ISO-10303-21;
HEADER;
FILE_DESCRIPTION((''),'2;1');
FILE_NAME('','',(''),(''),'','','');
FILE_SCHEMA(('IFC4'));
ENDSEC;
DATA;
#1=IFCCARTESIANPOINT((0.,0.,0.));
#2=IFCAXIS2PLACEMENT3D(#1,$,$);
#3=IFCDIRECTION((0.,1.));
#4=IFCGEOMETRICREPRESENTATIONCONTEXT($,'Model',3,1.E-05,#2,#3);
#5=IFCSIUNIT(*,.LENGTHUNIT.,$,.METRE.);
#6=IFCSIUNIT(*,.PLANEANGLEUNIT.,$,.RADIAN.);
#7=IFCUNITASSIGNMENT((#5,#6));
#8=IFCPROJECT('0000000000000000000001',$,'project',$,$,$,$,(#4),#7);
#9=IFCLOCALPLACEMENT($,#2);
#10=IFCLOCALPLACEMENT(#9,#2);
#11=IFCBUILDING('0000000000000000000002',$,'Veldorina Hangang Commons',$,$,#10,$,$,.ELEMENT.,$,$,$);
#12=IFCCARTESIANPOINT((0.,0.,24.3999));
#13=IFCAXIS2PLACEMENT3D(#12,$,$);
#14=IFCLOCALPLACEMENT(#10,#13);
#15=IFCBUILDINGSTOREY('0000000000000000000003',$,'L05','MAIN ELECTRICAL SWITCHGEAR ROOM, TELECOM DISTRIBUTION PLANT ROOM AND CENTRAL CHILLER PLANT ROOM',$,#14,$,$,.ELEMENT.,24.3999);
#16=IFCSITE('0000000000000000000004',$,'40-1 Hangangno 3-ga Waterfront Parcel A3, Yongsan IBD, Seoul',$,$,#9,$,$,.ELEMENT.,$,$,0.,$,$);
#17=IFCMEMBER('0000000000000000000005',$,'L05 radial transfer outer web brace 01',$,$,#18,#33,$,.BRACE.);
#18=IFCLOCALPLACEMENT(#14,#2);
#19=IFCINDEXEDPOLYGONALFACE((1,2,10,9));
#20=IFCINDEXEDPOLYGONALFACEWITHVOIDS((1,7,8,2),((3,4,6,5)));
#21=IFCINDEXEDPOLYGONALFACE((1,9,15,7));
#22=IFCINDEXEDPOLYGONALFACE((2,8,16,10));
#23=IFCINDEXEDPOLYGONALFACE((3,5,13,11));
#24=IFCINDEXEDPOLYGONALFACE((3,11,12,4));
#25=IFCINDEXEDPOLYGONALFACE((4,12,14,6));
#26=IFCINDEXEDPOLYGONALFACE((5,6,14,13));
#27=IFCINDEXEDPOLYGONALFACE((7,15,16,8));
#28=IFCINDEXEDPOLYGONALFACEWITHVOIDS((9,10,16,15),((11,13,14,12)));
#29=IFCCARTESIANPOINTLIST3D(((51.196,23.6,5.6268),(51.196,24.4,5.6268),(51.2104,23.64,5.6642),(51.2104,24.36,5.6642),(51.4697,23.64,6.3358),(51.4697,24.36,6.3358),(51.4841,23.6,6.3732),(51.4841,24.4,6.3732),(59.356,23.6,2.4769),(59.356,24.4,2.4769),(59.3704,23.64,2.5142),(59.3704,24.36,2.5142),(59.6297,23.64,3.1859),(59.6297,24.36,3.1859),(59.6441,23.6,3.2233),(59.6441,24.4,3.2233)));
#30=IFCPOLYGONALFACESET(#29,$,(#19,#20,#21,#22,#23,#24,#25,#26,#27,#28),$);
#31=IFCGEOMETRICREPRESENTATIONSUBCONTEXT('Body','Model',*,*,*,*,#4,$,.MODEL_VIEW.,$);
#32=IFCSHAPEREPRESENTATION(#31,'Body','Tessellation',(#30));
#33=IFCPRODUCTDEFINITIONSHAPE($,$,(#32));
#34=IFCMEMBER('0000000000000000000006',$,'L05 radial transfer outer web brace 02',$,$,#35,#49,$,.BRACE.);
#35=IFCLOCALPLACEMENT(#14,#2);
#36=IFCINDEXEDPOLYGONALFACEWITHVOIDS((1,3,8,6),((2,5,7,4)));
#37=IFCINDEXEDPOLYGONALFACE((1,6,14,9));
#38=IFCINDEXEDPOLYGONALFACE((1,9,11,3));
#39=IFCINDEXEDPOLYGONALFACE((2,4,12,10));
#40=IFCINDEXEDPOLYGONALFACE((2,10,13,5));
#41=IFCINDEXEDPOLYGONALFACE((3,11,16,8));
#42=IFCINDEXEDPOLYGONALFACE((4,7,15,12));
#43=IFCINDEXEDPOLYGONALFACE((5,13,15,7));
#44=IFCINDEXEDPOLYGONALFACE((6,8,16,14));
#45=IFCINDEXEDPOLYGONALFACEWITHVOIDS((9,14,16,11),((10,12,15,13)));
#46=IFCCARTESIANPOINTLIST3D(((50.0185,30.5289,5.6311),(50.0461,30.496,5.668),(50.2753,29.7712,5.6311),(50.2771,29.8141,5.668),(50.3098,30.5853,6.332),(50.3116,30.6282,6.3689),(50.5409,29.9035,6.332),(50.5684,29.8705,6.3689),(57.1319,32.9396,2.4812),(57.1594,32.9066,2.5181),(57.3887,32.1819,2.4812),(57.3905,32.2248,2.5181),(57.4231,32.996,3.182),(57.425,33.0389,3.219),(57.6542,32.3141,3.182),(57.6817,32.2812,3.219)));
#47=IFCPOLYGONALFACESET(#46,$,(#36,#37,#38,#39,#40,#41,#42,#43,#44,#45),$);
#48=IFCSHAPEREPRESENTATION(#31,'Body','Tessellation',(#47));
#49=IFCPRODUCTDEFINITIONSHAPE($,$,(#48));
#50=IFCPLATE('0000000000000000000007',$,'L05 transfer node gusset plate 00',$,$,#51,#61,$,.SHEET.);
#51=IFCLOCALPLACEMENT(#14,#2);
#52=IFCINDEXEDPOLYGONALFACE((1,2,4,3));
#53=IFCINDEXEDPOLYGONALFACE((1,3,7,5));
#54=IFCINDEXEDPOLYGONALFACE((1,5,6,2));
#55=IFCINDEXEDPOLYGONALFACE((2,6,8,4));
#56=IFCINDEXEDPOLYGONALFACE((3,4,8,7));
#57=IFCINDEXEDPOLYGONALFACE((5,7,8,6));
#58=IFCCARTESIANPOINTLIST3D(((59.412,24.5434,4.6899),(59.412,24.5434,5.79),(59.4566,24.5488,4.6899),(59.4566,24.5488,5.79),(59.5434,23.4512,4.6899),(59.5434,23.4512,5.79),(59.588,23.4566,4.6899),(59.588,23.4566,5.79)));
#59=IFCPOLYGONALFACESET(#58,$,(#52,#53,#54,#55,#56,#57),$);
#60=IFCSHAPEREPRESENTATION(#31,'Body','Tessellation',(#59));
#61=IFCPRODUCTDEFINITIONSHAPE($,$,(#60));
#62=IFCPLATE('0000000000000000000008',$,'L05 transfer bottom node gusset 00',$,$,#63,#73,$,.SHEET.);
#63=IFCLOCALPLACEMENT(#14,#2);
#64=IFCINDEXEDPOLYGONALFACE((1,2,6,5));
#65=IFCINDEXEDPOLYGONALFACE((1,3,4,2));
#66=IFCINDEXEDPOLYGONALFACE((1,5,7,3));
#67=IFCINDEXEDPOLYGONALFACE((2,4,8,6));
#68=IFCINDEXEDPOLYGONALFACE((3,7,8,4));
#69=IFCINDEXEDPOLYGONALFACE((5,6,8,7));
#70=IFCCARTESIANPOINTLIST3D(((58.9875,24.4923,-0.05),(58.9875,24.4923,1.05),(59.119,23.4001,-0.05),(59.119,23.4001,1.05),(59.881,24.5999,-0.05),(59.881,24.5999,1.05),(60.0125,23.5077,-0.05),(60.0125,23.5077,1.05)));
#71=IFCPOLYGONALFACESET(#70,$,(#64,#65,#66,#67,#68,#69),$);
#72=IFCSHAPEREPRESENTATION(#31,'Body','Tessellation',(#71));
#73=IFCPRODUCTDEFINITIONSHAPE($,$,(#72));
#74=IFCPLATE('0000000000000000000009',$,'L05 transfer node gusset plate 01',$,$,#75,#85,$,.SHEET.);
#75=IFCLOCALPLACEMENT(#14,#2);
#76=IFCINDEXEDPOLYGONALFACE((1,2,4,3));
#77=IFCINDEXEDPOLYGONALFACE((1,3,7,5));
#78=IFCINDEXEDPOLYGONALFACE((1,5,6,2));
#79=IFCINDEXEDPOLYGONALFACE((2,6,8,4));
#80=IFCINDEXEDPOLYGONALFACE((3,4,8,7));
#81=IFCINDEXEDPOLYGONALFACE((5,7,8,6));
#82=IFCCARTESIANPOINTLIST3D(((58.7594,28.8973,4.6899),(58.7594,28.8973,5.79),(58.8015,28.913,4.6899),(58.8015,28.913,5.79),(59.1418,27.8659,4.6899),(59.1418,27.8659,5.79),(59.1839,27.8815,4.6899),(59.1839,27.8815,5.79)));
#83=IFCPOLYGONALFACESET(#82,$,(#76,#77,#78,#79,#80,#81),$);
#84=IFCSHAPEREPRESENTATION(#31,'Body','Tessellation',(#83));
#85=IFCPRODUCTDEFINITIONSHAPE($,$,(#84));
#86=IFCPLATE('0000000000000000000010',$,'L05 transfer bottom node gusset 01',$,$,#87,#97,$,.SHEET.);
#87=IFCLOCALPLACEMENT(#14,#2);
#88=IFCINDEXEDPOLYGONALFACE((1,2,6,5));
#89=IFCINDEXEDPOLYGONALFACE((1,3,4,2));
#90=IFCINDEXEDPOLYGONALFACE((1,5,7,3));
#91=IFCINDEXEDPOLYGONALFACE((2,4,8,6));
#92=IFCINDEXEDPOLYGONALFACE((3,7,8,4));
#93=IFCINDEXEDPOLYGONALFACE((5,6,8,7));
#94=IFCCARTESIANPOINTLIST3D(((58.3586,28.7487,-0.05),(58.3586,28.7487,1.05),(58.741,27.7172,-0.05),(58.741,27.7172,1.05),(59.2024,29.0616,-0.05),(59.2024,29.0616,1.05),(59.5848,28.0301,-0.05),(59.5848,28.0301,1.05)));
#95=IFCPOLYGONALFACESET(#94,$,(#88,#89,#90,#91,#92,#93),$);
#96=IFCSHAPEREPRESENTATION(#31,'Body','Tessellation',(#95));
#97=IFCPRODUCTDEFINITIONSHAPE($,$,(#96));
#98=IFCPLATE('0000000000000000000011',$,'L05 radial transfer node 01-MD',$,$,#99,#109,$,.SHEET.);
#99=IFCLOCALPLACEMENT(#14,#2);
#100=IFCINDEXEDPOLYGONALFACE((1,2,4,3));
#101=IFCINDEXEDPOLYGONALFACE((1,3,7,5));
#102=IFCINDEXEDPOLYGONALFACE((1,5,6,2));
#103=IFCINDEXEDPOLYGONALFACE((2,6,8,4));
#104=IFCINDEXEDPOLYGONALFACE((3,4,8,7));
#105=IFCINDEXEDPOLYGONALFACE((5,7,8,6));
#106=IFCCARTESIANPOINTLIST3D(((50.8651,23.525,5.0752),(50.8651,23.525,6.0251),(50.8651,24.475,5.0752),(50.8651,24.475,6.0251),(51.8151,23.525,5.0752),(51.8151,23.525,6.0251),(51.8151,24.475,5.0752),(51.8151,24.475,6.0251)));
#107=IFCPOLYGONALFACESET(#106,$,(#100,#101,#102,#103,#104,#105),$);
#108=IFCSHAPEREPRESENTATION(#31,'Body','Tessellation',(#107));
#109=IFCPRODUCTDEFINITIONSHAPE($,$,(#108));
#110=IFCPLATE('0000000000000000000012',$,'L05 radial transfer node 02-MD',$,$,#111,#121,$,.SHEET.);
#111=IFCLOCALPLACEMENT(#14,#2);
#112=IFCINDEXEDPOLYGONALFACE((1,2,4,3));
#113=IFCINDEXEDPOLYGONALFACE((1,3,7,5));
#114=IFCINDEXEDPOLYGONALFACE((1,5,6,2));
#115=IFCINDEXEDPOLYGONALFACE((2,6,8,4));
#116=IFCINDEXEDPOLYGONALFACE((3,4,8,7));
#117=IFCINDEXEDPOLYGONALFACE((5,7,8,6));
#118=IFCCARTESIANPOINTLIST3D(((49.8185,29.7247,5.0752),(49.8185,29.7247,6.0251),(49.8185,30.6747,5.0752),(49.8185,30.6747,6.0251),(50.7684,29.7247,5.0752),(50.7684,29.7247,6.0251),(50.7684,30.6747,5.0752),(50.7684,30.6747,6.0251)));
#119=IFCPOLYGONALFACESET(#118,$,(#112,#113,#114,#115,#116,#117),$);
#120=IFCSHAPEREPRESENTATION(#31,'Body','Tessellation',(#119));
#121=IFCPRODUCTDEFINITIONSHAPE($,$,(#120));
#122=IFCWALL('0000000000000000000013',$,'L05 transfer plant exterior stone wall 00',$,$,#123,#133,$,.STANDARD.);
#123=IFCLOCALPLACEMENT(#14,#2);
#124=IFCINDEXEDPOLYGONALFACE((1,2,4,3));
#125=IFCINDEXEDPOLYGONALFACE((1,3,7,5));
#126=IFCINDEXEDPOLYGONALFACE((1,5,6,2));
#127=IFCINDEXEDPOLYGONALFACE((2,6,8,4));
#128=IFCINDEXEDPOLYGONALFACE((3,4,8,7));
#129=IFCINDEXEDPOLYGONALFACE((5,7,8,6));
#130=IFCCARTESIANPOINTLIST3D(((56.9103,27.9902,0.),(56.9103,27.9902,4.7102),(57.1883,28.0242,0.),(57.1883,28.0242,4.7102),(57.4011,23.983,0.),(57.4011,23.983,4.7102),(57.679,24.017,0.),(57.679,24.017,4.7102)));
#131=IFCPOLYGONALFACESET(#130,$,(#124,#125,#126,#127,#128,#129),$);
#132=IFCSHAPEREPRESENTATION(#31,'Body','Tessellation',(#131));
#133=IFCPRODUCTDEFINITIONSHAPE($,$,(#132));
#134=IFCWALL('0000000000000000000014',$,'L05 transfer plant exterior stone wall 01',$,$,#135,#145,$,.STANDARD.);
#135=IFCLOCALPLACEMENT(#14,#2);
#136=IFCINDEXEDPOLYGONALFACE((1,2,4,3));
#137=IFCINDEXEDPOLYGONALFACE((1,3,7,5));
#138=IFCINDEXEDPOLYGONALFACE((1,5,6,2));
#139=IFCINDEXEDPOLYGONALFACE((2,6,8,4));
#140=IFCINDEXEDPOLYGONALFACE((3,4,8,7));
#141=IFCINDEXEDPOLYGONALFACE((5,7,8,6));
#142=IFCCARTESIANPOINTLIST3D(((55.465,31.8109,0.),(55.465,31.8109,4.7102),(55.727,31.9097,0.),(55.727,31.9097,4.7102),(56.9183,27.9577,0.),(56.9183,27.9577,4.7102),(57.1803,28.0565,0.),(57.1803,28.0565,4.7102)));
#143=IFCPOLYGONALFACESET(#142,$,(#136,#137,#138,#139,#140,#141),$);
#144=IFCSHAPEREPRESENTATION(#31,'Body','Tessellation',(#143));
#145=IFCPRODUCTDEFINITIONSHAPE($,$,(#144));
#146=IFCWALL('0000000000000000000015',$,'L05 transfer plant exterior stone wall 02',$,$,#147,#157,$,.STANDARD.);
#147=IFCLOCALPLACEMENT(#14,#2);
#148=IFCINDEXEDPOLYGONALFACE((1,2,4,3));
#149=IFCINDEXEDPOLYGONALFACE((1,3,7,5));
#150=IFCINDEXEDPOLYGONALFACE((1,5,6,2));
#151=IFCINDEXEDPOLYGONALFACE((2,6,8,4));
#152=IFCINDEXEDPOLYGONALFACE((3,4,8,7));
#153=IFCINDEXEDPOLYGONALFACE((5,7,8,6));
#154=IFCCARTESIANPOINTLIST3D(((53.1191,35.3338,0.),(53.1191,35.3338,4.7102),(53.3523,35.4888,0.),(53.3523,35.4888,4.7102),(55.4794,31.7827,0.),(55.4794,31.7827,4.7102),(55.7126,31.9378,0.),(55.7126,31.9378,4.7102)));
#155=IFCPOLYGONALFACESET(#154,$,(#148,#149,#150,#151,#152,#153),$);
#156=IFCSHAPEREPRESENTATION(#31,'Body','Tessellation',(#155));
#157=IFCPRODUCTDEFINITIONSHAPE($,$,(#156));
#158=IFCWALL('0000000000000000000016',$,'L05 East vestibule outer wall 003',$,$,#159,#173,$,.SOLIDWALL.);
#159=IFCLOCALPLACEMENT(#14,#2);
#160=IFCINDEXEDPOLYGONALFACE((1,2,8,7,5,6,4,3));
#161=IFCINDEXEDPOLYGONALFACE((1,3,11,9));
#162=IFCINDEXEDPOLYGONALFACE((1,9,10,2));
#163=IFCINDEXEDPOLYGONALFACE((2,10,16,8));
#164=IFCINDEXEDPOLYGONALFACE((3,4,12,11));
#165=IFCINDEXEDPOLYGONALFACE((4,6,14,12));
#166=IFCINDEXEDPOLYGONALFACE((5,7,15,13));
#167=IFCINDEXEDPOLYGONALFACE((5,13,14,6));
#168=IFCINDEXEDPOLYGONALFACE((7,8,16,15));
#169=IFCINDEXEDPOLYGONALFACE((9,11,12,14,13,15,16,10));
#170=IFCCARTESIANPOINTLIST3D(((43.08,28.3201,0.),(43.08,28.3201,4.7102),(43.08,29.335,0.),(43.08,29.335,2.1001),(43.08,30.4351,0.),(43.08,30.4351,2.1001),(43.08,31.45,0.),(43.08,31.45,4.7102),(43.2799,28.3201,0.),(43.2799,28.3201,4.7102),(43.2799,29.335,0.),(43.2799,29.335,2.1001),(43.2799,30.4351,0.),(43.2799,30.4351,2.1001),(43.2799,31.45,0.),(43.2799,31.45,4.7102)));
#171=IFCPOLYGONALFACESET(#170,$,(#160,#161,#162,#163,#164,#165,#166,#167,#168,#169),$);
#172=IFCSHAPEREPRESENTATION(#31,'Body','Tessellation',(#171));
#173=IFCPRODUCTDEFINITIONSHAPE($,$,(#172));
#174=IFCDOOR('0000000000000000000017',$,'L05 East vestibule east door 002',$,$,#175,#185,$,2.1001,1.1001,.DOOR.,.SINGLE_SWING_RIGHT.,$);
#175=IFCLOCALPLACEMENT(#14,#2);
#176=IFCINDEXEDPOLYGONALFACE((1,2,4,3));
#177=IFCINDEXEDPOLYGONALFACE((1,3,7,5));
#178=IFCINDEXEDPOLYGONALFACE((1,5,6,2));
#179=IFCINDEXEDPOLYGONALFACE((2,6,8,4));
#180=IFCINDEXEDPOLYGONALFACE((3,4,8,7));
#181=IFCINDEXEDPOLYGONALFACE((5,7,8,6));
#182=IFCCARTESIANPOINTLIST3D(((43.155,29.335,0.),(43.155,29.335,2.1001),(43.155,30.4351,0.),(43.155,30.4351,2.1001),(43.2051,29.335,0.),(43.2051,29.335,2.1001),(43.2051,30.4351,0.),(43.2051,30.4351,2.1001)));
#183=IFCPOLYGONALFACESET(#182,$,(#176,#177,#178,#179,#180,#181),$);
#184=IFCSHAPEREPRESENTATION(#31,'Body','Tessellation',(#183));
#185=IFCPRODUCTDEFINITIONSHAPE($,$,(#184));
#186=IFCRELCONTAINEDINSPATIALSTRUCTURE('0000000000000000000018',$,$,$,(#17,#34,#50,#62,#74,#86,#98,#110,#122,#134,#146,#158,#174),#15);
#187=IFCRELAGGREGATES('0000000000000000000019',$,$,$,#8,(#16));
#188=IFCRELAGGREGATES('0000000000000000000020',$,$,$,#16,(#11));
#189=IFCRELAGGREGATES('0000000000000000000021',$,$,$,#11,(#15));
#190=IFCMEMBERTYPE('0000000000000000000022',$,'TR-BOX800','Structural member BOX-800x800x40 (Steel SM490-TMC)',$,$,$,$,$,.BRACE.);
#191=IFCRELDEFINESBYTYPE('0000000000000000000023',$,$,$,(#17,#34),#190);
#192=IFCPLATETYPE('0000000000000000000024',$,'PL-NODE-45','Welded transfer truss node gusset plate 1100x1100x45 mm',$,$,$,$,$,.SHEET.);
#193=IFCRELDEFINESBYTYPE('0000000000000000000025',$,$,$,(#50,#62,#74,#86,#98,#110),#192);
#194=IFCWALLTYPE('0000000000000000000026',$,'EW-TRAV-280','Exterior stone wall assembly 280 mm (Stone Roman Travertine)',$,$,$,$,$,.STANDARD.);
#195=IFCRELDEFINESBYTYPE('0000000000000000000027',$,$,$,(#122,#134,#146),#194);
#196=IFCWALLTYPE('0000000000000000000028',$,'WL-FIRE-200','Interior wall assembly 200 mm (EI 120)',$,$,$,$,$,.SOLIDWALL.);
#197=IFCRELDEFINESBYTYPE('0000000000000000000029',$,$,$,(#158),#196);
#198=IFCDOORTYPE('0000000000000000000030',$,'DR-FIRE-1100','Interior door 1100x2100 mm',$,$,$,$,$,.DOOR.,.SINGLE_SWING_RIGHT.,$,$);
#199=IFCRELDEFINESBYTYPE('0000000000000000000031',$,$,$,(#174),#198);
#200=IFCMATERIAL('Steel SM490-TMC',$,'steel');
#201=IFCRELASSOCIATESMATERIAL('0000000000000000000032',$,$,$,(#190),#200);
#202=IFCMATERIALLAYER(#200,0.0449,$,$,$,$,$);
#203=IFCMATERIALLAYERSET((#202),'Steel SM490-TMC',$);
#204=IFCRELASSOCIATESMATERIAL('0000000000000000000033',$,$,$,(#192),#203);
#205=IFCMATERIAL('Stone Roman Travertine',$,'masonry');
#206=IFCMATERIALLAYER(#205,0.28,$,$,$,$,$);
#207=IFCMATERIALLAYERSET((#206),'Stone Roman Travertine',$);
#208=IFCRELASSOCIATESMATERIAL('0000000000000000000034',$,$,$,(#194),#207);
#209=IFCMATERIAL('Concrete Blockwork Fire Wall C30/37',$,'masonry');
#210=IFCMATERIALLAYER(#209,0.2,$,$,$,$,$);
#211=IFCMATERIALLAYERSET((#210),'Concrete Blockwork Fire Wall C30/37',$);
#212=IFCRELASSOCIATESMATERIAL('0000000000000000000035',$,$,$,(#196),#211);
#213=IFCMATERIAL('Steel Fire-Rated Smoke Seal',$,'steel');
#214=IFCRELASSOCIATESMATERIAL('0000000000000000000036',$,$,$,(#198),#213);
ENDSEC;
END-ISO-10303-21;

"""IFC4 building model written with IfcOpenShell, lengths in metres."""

from ifc_helpers import new_model, si_unit, direction, frame, frame_2d, origin, origin_2d, place, context, subcontext, project, spatial, rectangle, hollow_rectangle, extrude, material, layer, layer_set, material_profile, profile_set, type_object, element, fill, save


model = new_model("IFC4")

# Units and contexts
model_context = context("Model", 3, precision=1e-05, world=origin(), true_north=direction((0.0, 1.0)))
body_context = subcontext(model_context, "Body", "Model", "MODEL_VIEW")
ifc_project = project(units=[si_unit("LENGTHUNIT", "METRE"), si_unit("PLANEANGLEUNIT", "RADIAN")], contexts=[model_context])

# Site, building, storey
site_placement = place(None, origin())
site = spatial("IfcSite", under=ifc_project, at=site_placement, Name="40-1 Hangangno 3-ga Waterfront Parcel A3, Yongsan IBD, Seoul", CompositionType="ELEMENT", RefElevation=0.0)
building_placement = place(site_placement, origin())
building = spatial("IfcBuilding", under=site, at=building_placement, Name="Veldorina Hangang Commons", CompositionType="ELEMENT")
storey_placement = place(building_placement, frame((0.0, 0.0, 24.3999)))
storey = spatial("IfcBuildingStorey", under=building, at=storey_placement, Name="L05", Description="MAIN ELECTRICAL SWITCHGEAR ROOM, TELECOM DISTRIBUTION PLANT ROOM AND CENTRAL CHILLER PLANT ROOM", CompositionType="ELEMENT", Elevation=24.3999)

# Shared definitions
ifc_material_1 = material(Name="Steel SM490-TMC", Category="steel")

# Members
ifc_material_profile_1 = material_profile(ifc_material_1, hollow_rectangle(XDim=0.8, YDim=0.8, WallThickness=0.04, at=origin_2d()), Name="BOX-800x800x40")
ifc_profile_set_1 = profile_set([ifc_material_profile_1], Name="Steel SM490-TMC")
member_type = type_object("IfcMemberType", Name="TR-BOX800", Description="Structural member BOX-800x800x40 (Steel SM490-TMC)", PredefinedType="BRACE", material=ifc_profile_set_1)
member_1_placement = place(storey_placement, frame((51.3401, 24.0, 6.0), z_axis=(0.932905, 0.0, -0.360122), x_axis=(0.0, 1.0, 0.0)))
element("IfcMember", 1, at=member_1_placement, inside=storey, type_object=member_type, Name="L05 radial transfer outer web brace 01", PredefinedType="BRACE", context=body_context, shape_type="SweptSolid", body=[
    extrude(hollow_rectangle(XDim=0.8, YDim=0.8, WallThickness=0.04, at=origin_2d()), origin(), (0.0, 0.0, 1.0), 8.7468),
])
member_2_placement = place(storey_placement, frame((50.2935, 30.1997, 6.0), z_axis=(0.873391, 0.295987, -0.386755), x_axis=(-0.320963, 0.947092, 0.0)))
element("IfcMember", 2, at=member_2_placement, inside=storey, type_object=member_type, Name="L05 radial transfer outer web brace 02", PredefinedType="BRACE", context=body_context, shape_type="SweptSolid", body=[
    extrude(hollow_rectangle(XDim=0.8, YDim=0.8, WallThickness=0.04, at=origin_2d()), origin(), (0.0, 0.0, 1.0), 8.1445),
])

# Plates
ifc_layer_1 = layer(ifc_material_1, 0.0449)
ifc_layer_set_1 = layer_set([ifc_layer_1], Name="Steel SM490-TMC")
plate_type = type_object("IfcPlateType", Name="PL-NODE-45", Description="Welded transfer truss node gusset plate 1100x1100x45 mm", PredefinedType="SHEET", material=ifc_layer_set_1)
plate_1_placement = place(storey_placement, frame((59.5, 24.0, 4.6899), z_axis=(0.0, 0.0, 1.0), x_axis=(-0.119513, 0.992833, 0.0)))
element("IfcPlate", 3, at=plate_1_placement, inside=storey, type_object=plate_type, Name="L05 transfer node gusset plate 00", PredefinedType="SHEET", context=body_context, shape_type="SweptSolid", body=[
    extrude(rectangle(XDim=1.1001, YDim=0.0449, at=origin_2d()), origin(), (0.0, 0.0, 1.0), 1.1001),
])
plate_2_placement = place(storey_placement, frame((59.5, 24.0, -0.05), z_axis=(0.0, 0.0, 1.0), x_axis=(-0.119513, 0.992833, 0.0)))
element("IfcPlate", 4, at=plate_2_placement, inside=storey, type_object=plate_type, Name="L05 transfer bottom node gusset 00", PredefinedType="SHEET", context=body_context, shape_type="SweptSolid", body=[
    extrude(rectangle(XDim=1.1001, YDim=0.8999, at=origin_2d()), origin(), (0.0, 0.0, 1.0), 1.1001),
])
plate_3_placement = place(storey_placement, frame((58.9717, 28.3894, 4.6899), z_axis=(0.0, 0.0, 1.0), x_axis=(-0.347623, 0.937634, 0.0)))
element("IfcPlate", 5, at=plate_3_placement, inside=storey, type_object=plate_type, Name="L05 transfer node gusset plate 01", PredefinedType="SHEET", context=body_context, shape_type="SweptSolid", body=[
    extrude(rectangle(XDim=1.1001, YDim=0.0449, at=origin_2d()), origin(), (0.0, 0.0, 1.0), 1.1001),
])
plate_4_placement = place(storey_placement, frame((58.9717, 28.3894, -0.05), z_axis=(0.0, 0.0, 1.0), x_axis=(-0.347623, 0.937634, 0.0)))
element("IfcPlate", 6, at=plate_4_placement, inside=storey, type_object=plate_type, Name="L05 transfer bottom node gusset 01", PredefinedType="SHEET", context=body_context, shape_type="SweptSolid", body=[
    extrude(rectangle(XDim=1.1001, YDim=0.8999, at=origin_2d()), origin(), (0.0, 0.0, 1.0), 1.1001),
])
for number, where, z_axis, x_axis, name in (
    (7, (51.3401, 24.0, 5.0752), (0.0, 0.0, 1.0), (1.0, 0.0, 0.0), "L05 radial transfer node 01-MD"),
    (8, (50.2935, 30.1997, 5.0752), (0.0, 0.0, 1.0), (1.0, 0.0, 0.0), "L05 radial transfer node 02-MD"),
):
    element("IfcPlate", number, at=place(storey_placement, frame(where, z_axis=z_axis, x_axis=x_axis)), inside=storey, type_object=plate_type, Name=name, PredefinedType="SHEET", context=body_context, shape_type="SweptSolid", body=[
        extrude(rectangle(XDim=0.95, YDim=0.95, at=origin_2d()), origin(), (0.0, 0.0, 1.0), 0.95),
    ])

# Walls
ifc_material_2 = material(Name="Stone Roman Travertine", Category="masonry")
ifc_layer_2 = layer(ifc_material_2, 0.28)
ifc_layer_set_2 = layer_set([ifc_layer_2], Name="Stone Roman Travertine")
wall_type_1 = type_object("IfcWallType", Name="EW-TRAV-280", Description="Exterior stone wall assembly 280 mm (Stone Roman Travertine)", PredefinedType="STANDARD", material=ifc_layer_set_2)
wall_1_placement = place(storey_placement, frame((57.54, 24.0, 0.0), z_axis=(0.0, 0.0, 1.0), x_axis=(-0.121556, 0.992585, 0.0)))
element("IfcWall", 9, at=wall_1_placement, inside=storey, type_object=wall_type_1, Name="L05 transfer plant exterior stone wall 00", PredefinedType="STANDARD", context=body_context, shape_type="SweptSolid", body=[
    extrude(rectangle(XDim=4.0371, YDim=0.28, at=frame_2d((2.0186, 0.0))), origin(), (0.0, 0.0, 1.0), 4.7102),
])
wall_2_placement = place(storey_placement, frame((57.0493, 28.0071, 0.0), z_axis=(0.0, 0.0, 1.0), x_axis=(-0.352909, 0.935657, 0.0)))
element("IfcWall", 10, at=wall_2_placement, inside=storey, type_object=wall_type_1, Name="L05 transfer plant exterior stone wall 01", PredefinedType="STANDARD", context=body_context, shape_type="SweptSolid", body=[
    extrude(rectangle(XDim=4.1182, YDim=0.28, at=frame_2d((2.0591, 0.0))), origin(), (0.0, 0.0, 1.0), 4.7102),
])
wall_3_placement = place(storey_placement, frame((55.5959, 31.8604, 0.0), z_axis=(0.0, 0.0, 1.0), x_axis=(-0.553563, 0.832807, 0.0)))
element("IfcWall", 11, at=wall_3_placement, inside=storey, type_object=wall_type_1, Name="L05 transfer plant exterior stone wall 02", PredefinedType="STANDARD", context=body_context, shape_type="SweptSolid", body=[
    extrude(rectangle(XDim=4.2639, YDim=0.28, at=frame_2d((2.1318, 0.0))), origin(), (0.0, 0.0, 1.0), 4.7102),
])

# Wall, opening, door
ifc_material_3 = material(Name="Concrete Blockwork Fire Wall C30/37", Category="masonry")
ifc_layer_3 = layer(ifc_material_3, 0.2)
ifc_layer_set_3 = layer_set([ifc_layer_3], Name="Concrete Blockwork Fire Wall C30/37")
wall_type_2 = type_object("IfcWallType", Name="WL-FIRE-200", Description="Interior wall assembly 200 mm (EI 120)", PredefinedType="SOLIDWALL", material=ifc_layer_set_3)
wall_4_placement = place(storey_placement, frame((43.1799, 28.3201, 0.0), z_axis=(0.0, 0.0, 1.0), x_axis=(0.0, 1.0, 0.0)))
wall_4 = element("IfcWall", 12, at=wall_4_placement, inside=storey, type_object=wall_type_2, Name="L05 East vestibule outer wall 003", PredefinedType="SOLIDWALL", context=body_context, shape_type="SweptSolid", body=[
    extrude(rectangle(XDim=3.1299, YDim=0.2, at=frame_2d((1.5649, 0.0))), origin(), (0.0, 0.0, 1.0), 4.7102),
])
opening_placement = place(wall_4_placement, frame((1.0149, 0.0, 0.0)))
opening = element("IfcOpeningElement", 13, at=opening_placement, cuts=wall_4, PredefinedType="OPENING", context=body_context, shape_type="SweptSolid", body=[
    extrude(rectangle(XDim=1.1001, YDim=2.1001, at=frame_2d((0.55, 1.05))), frame((0.0, 0.1099, 0.0), z_axis=(0.0, -1.0, 0.0), x_axis=(1.0, 0.0, 0.0)), (0.0, 0.0, 1.0), 0.22),
])
ifc_material_4 = material(Name="Steel Fire-Rated Smoke Seal", Category="steel")
door_type = type_object("IfcDoorType", Name="DR-FIRE-1100", Description="Interior door 1100x2100 mm", OperationType="SINGLE_SWING_RIGHT", PredefinedType="DOOR", material=ifc_material_4)
door_placement = place(opening_placement, origin())
door = element("IfcDoor", 14, at=door_placement, inside=storey, type_object=door_type, Name="L05 East vestibule east door 002", OperationType="SINGLE_SWING_RIGHT", OverallHeight=2.1001, OverallWidth=1.1001, PredefinedType="DOOR", context=body_context, shape_type="SweptSolid", body=[
    extrude(rectangle(XDim=1.1001, YDim=2.1001, at=frame_2d((0.55, 1.05))), frame((0.0, 0.0249, 0.0), z_axis=(0.0, -1.0, 0.0), x_axis=(1.0, 0.0, 0.0)), (0.0, 0.0, 1.0), 0.05),
])
fill(opening, door)

save(model, "model.ifc")
